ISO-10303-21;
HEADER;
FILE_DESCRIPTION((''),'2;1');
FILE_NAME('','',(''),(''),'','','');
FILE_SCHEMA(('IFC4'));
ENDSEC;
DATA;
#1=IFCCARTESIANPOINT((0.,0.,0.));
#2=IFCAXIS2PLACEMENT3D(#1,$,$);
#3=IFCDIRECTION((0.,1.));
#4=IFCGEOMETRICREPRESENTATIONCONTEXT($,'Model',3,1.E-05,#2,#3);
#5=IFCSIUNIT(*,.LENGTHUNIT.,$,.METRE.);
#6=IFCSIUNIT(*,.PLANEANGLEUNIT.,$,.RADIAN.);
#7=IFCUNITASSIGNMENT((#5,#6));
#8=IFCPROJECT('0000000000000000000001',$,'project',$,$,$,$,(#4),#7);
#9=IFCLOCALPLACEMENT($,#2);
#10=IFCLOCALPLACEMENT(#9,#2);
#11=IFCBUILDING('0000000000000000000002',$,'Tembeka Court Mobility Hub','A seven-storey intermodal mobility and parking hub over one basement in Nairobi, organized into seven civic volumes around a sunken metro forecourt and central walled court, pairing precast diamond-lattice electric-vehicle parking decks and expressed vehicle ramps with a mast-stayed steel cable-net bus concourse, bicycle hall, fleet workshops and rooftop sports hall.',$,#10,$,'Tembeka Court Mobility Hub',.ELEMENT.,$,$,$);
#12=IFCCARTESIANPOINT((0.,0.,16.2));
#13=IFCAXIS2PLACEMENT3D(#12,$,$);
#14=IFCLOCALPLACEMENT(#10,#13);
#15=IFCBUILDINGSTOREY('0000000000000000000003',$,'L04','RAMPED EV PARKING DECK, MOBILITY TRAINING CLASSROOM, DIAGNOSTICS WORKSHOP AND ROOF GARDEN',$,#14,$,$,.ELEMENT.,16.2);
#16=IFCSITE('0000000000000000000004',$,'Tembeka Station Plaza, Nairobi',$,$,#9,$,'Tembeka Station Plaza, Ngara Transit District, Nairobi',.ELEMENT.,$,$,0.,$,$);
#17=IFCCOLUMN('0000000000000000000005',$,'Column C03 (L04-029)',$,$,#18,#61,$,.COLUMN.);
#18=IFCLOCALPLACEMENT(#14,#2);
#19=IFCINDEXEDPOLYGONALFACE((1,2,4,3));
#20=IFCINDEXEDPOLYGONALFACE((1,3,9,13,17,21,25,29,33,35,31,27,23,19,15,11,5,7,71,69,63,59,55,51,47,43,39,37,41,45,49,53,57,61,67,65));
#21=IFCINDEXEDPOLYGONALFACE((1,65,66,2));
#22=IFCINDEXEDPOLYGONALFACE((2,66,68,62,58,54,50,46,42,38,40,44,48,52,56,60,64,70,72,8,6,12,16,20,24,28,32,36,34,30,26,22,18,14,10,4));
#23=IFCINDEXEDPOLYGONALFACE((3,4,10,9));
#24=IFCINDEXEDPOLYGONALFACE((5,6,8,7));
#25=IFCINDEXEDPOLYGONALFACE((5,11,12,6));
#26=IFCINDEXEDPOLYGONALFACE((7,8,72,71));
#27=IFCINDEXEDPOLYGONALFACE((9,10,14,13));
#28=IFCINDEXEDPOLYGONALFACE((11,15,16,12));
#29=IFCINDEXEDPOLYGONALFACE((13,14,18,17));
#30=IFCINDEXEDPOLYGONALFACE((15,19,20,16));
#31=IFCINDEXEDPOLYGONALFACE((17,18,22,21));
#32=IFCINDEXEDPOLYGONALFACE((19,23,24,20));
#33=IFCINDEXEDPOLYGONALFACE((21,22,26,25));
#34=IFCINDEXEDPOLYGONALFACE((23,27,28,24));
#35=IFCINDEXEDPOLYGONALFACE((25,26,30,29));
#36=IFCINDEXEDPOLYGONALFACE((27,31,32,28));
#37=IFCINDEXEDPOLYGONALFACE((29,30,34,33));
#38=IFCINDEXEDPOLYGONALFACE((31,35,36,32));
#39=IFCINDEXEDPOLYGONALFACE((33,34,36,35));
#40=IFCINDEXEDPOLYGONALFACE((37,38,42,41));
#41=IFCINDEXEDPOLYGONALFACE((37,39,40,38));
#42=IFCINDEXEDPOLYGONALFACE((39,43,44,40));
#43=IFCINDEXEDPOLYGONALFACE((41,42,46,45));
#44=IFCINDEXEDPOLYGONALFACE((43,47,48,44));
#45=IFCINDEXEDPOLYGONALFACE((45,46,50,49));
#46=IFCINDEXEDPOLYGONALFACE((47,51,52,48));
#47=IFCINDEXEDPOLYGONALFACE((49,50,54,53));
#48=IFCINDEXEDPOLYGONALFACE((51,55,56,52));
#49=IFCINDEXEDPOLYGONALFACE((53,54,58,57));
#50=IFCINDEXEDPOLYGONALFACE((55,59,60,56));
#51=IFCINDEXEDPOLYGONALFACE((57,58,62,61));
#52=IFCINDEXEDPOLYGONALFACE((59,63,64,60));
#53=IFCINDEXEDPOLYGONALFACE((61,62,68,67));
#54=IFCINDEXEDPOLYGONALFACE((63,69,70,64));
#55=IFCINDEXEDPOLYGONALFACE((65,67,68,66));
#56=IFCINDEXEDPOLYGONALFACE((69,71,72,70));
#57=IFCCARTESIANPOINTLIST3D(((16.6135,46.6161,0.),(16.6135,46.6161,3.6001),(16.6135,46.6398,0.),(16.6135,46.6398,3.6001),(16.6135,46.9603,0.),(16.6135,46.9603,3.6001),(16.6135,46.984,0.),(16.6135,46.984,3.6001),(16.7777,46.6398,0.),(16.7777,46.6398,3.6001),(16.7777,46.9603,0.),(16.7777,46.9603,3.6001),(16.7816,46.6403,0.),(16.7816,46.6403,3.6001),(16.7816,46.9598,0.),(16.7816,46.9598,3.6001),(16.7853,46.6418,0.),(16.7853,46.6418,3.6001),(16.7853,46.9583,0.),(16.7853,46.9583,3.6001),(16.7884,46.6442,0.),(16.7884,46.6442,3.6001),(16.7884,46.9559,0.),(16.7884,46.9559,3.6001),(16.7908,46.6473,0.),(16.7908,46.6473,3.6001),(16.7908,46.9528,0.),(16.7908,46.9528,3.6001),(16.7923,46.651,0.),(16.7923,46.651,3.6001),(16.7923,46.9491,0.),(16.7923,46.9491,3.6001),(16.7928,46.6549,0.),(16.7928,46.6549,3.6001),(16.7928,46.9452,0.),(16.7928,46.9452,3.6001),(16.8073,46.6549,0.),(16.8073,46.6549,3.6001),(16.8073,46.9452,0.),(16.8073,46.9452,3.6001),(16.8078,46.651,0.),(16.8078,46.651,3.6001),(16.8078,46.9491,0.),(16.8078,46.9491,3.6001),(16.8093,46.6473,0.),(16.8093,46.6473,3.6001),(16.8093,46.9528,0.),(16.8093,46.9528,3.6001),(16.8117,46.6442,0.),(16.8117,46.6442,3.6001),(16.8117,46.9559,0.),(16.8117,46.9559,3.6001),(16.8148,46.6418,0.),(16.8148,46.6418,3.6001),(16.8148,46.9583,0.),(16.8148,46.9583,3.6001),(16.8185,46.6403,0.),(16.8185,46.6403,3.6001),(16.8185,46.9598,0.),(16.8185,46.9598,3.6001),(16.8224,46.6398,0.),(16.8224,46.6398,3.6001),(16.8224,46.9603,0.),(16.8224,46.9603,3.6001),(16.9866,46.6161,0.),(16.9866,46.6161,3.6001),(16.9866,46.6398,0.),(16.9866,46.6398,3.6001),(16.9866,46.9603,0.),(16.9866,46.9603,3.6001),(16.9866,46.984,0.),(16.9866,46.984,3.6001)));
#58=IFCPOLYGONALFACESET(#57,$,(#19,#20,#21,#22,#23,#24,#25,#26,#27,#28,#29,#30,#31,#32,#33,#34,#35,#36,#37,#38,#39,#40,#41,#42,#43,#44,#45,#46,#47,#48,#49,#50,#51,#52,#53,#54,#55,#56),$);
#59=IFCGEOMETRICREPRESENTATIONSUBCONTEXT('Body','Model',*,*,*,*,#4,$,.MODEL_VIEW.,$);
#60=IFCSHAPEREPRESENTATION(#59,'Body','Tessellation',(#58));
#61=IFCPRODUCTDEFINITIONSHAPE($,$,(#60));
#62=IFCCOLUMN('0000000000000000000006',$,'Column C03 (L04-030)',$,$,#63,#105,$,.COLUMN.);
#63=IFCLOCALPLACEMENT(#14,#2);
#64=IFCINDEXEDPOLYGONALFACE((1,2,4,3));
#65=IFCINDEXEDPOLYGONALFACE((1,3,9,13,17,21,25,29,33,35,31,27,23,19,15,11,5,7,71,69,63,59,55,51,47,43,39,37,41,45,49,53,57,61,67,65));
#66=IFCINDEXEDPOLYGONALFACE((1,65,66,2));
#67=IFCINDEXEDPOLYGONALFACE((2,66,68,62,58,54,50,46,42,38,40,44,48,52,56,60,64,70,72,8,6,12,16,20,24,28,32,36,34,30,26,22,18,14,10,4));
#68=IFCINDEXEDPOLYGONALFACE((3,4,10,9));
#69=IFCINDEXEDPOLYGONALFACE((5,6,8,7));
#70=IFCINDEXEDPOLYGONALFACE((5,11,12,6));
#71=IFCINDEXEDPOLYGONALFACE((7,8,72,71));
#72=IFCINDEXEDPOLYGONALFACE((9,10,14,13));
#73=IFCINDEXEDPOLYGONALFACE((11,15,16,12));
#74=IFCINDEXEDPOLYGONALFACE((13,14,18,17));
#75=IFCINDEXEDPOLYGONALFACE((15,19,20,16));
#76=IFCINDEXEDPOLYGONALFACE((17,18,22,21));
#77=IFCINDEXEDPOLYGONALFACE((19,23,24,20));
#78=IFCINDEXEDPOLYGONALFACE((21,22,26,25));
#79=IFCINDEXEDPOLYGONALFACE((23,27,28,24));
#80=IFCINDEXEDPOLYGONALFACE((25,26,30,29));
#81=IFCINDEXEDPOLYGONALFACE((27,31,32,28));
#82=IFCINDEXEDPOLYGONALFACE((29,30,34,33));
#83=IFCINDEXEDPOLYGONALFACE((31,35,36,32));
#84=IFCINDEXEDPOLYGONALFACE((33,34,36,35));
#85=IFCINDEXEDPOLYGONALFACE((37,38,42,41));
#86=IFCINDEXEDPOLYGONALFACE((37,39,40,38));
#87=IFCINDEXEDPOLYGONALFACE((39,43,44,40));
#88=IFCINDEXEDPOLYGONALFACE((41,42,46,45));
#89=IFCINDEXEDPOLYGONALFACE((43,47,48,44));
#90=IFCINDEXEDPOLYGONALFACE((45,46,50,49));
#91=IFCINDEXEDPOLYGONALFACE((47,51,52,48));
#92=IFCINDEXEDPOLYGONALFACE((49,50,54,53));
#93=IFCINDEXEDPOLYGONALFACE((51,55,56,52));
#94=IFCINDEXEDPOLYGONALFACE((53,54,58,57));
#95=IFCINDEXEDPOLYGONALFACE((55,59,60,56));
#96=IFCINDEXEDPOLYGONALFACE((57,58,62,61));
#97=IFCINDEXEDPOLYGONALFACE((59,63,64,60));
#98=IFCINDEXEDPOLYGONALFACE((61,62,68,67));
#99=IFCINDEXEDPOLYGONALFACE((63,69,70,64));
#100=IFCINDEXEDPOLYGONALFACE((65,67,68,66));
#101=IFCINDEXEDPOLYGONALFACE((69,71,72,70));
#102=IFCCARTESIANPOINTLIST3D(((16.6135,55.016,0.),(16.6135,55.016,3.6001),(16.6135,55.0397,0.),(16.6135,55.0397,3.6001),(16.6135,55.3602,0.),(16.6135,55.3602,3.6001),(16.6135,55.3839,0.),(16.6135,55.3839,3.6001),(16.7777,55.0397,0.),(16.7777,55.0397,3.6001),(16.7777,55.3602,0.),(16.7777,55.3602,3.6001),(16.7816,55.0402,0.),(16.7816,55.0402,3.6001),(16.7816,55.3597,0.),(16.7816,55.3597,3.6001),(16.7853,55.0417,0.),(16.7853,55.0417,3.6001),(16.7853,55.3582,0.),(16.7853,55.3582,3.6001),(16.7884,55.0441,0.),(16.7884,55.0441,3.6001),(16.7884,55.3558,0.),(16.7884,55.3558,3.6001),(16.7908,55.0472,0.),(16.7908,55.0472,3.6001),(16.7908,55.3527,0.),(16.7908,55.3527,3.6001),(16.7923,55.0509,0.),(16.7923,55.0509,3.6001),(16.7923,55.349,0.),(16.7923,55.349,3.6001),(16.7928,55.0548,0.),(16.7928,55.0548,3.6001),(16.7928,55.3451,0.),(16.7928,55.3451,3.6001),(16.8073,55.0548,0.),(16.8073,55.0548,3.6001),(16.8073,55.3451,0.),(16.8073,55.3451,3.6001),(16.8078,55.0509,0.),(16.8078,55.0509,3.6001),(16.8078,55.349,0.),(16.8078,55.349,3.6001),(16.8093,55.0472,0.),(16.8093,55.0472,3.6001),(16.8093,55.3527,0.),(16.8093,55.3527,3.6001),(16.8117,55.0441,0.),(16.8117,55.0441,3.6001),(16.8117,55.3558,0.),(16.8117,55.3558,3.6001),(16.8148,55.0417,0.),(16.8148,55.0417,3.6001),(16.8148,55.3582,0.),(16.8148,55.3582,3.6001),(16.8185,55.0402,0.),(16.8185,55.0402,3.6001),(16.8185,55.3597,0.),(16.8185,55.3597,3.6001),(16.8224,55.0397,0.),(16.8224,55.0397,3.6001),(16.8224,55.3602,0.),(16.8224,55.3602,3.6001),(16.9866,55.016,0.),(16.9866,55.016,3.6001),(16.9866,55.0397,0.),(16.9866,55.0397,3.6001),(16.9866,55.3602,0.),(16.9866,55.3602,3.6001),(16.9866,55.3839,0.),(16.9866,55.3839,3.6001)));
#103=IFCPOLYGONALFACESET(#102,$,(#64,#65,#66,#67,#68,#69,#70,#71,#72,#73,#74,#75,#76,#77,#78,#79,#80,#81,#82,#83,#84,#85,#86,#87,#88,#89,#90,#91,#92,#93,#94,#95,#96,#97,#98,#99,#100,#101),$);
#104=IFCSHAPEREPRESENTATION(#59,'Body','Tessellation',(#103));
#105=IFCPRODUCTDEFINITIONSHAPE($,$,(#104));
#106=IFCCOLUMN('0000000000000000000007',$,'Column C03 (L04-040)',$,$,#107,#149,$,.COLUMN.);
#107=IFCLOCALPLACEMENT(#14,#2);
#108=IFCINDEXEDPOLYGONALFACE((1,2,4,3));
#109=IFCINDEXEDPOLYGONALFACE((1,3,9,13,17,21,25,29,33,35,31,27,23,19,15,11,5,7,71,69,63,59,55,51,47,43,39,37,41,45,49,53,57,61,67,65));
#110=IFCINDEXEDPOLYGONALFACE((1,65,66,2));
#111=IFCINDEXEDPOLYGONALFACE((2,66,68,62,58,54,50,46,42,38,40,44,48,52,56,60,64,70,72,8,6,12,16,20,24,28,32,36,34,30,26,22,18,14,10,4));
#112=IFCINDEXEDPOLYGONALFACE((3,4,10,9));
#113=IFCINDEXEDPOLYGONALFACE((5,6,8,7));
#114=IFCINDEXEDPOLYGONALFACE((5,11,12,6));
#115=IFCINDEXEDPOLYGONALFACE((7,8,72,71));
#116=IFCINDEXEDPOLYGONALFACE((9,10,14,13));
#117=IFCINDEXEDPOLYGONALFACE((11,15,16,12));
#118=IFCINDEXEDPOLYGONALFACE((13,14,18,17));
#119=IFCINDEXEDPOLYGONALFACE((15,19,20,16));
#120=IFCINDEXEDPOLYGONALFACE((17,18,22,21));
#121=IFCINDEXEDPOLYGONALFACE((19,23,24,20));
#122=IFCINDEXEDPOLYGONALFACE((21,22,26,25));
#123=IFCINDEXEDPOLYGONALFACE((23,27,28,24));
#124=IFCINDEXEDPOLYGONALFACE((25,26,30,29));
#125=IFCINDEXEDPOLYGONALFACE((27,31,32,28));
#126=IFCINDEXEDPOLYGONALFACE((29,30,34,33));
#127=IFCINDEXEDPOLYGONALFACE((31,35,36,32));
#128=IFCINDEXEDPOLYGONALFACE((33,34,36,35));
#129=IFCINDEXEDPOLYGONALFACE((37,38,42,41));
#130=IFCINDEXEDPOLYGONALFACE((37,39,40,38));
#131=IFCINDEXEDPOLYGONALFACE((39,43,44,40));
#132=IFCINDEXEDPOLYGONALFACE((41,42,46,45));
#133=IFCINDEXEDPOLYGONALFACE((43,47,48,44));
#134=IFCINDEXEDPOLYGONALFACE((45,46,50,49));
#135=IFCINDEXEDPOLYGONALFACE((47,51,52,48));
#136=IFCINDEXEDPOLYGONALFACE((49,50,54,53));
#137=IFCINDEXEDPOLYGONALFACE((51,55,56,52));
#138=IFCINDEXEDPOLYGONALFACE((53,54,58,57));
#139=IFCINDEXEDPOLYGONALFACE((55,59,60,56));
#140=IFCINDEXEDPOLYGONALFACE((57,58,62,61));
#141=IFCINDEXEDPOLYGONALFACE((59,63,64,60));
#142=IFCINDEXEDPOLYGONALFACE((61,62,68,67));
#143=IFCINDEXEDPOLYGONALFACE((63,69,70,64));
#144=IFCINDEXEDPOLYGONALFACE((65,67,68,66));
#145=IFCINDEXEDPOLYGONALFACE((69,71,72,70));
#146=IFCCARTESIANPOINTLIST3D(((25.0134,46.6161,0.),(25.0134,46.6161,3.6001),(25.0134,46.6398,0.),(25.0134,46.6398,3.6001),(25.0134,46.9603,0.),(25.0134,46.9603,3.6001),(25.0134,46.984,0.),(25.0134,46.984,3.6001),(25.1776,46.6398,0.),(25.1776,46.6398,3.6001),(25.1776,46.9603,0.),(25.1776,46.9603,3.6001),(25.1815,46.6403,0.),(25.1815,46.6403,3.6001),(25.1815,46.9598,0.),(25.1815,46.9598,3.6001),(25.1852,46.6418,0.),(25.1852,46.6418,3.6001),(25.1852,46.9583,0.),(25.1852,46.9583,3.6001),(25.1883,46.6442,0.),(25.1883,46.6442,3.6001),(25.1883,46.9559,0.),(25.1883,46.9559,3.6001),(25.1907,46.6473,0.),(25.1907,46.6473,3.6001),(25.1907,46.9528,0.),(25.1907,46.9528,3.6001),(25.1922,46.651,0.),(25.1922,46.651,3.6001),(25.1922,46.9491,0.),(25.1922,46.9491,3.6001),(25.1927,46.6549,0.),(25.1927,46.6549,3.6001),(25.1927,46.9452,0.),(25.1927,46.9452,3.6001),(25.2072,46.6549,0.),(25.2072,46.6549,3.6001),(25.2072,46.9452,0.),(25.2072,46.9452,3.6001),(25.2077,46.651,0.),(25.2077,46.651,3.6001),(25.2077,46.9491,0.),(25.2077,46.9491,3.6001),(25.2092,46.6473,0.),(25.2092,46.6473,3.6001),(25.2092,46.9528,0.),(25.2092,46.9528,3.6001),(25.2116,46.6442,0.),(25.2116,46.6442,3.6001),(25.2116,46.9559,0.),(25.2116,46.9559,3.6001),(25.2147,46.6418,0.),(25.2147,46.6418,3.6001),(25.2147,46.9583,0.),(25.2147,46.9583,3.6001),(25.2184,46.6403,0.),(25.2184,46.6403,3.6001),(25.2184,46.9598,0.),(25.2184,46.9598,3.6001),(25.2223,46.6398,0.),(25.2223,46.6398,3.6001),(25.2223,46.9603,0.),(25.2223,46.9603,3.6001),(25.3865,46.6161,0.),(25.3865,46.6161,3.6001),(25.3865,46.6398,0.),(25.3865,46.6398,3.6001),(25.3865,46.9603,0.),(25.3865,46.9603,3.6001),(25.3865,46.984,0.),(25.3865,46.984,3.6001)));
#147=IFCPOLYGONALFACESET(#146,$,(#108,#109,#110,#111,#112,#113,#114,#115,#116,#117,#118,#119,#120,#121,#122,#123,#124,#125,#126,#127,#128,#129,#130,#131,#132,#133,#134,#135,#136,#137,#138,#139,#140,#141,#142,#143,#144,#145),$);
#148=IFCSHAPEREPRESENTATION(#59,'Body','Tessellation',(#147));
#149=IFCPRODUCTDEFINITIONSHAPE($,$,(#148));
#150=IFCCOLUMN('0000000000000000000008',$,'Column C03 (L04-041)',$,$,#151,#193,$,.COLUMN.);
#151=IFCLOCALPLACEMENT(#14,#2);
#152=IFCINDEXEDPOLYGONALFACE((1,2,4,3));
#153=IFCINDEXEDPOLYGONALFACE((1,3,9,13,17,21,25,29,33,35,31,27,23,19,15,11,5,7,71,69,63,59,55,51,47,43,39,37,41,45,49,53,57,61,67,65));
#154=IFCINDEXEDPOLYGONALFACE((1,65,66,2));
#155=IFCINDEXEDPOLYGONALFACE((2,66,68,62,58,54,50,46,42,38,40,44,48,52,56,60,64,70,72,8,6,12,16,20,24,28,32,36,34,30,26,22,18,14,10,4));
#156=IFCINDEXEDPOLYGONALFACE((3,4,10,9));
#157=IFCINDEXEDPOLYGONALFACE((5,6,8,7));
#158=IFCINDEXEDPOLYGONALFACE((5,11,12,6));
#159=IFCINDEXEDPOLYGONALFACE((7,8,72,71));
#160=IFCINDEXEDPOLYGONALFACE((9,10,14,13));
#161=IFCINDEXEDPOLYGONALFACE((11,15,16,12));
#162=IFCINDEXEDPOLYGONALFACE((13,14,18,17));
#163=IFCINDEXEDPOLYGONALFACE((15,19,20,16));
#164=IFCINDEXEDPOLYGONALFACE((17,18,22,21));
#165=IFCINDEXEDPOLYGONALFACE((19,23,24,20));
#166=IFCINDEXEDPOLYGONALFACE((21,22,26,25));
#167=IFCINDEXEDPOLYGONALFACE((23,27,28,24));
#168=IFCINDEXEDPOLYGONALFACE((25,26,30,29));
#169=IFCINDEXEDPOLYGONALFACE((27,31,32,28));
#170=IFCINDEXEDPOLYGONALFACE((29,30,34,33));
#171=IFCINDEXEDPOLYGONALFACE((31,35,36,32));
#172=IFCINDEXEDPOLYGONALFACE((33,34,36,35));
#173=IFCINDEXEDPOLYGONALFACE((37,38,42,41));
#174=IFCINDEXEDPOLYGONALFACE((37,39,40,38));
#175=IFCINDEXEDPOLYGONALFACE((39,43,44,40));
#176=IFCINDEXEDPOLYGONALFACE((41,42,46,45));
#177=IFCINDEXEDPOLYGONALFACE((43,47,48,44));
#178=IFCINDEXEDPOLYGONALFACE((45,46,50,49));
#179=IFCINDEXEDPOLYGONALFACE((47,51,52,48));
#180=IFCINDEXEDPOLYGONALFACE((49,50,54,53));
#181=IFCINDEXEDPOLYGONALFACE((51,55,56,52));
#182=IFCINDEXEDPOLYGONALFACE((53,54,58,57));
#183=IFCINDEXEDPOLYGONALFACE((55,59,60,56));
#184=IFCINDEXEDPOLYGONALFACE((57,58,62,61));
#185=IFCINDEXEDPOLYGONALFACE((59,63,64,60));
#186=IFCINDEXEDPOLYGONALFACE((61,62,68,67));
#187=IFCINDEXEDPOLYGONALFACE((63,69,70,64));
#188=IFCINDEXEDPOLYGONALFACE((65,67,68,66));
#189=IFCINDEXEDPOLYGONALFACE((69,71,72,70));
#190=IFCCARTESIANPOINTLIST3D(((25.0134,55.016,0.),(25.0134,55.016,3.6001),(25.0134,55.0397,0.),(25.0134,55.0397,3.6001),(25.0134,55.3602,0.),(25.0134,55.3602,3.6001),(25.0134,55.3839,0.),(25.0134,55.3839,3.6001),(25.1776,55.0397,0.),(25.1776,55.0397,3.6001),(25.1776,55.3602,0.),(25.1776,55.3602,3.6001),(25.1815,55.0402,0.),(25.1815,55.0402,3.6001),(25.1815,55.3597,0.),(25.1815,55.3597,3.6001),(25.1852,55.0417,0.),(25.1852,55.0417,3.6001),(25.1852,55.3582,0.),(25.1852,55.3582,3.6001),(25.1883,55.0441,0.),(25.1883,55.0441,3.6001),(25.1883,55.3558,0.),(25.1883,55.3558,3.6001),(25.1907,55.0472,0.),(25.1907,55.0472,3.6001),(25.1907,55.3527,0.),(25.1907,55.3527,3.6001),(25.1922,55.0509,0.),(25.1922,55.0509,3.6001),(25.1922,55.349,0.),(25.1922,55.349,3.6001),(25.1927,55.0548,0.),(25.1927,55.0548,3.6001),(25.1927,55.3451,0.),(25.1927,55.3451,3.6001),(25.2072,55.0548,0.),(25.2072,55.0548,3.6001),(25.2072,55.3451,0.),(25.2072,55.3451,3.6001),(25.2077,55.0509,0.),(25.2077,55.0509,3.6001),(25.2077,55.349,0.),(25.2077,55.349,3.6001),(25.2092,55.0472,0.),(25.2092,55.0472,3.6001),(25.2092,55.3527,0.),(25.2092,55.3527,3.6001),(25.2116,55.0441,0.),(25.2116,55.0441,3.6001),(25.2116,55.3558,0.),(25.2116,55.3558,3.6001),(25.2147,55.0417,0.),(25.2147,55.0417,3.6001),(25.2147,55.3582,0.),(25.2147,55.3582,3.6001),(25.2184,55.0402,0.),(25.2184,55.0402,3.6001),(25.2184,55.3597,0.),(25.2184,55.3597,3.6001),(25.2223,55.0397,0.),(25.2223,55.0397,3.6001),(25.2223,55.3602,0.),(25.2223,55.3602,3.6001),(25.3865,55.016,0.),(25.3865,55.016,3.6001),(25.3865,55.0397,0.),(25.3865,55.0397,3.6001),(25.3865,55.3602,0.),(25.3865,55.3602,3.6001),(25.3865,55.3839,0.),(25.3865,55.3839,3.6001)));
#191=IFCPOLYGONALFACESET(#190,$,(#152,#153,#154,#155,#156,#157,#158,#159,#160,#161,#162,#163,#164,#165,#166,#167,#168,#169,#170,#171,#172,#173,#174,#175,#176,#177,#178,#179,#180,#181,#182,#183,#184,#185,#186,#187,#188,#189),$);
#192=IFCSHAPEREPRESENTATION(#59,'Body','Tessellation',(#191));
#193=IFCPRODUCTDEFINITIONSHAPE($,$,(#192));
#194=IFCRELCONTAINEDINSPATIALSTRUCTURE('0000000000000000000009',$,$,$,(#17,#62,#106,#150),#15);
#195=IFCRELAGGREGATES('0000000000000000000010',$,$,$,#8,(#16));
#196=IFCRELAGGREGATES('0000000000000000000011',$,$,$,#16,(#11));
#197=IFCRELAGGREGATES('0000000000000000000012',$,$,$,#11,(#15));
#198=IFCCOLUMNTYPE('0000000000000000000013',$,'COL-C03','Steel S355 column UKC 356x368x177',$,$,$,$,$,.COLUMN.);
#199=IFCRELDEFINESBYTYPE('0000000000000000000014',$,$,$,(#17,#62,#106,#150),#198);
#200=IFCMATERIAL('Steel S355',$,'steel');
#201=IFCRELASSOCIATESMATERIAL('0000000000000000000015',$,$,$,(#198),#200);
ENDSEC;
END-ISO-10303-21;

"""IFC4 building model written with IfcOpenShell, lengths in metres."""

from ifc_helpers import new_model, si_unit, direction, frame, origin, origin_2d, place, context, subcontext, project, spatial, i_section, extrude, material, material_profile, profile_set, type_object, element, save


model = new_model("IFC4")

# Units and contexts
model_context = context("Model", 3, precision=1e-05, world=origin(), true_north=direction((0.0, 1.0)))
body_context = subcontext(model_context, "Body", "Model", "MODEL_VIEW")
ifc_project = project(units=[si_unit("LENGTHUNIT", "METRE"), si_unit("PLANEANGLEUNIT", "RADIAN")], contexts=[model_context])

# Site, building, storey
site_placement = place(None, origin())
site = spatial("IfcSite", under=ifc_project, at=site_placement, Name="Tembeka Station Plaza, Nairobi", LongName="Tembeka Station Plaza, Ngara Transit District, Nairobi", CompositionType="ELEMENT", RefElevation=0.0)
building_placement = place(site_placement, origin())
building = spatial("IfcBuilding", under=site, at=building_placement, Name="Tembeka Court Mobility Hub", Description="A seven-storey intermodal mobility and parking hub over one basement in Nairobi, organized into seven civic volumes around a sunken metro forecourt and central walled court, pairing precast diamond-lattice electric-vehicle parking decks and expressed vehicle ramps with a mast-stayed steel cable-net bus concourse, bicycle hall, fleet workshops and rooftop sports hall.", LongName="Tembeka Court Mobility Hub", CompositionType="ELEMENT")
storey_placement = place(building_placement, frame((0.0, 0.0, 16.2)))
storey = spatial("IfcBuildingStorey", under=building, at=storey_placement, Name="L04", Description="RAMPED EV PARKING DECK, MOBILITY TRAINING CLASSROOM, DIAGNOSTICS WORKSHOP AND ROOF GARDEN", CompositionType="ELEMENT", Elevation=16.2)

# Columns
ifc_material_1 = material(Name="Steel S355", Category="steel")
ifc_material_profile_1 = material_profile(ifc_material_1, i_section(OverallWidth=0.373, OverallDepth=0.3679, WebThickness=0.0144, FlangeThickness=0.0237, FilletRadius=0.0151, at=origin_2d()), Name="UKC 356x368x177")
ifc_profile_set_1 = profile_set([ifc_material_profile_1], Name="Steel S355")
column_type = type_object("IfcColumnType", Name="COL-C03", Description="Steel S355 column UKC 356x368x177", PredefinedType="COLUMN", material=ifc_profile_set_1)
for number, where, z_axis, x_axis, name in (
    (1, (16.8, 46.8, 0.0), (0.0, 0.0, 1.0), (1.0, 0.0, 0.0), "Column C03 (L04-029)"),
    (2, (16.8, 55.2, 0.0), (0.0, 0.0, 1.0), (1.0, 0.0, 0.0), "Column C03 (L04-030)"),
    (3, (25.2, 46.8, 0.0), (0.0, 0.0, 1.0), (1.0, 0.0, 0.0), "Column C03 (L04-040)"),
    (4, (25.2, 55.2, 0.0), (0.0, 0.0, 1.0), (1.0, 0.0, 0.0), "Column C03 (L04-041)"),
):
    element("IfcColumn", number, at=place(storey_placement, frame(where, z_axis=z_axis, x_axis=x_axis)), inside=storey, type_object=column_type, Name=name, PredefinedType="COLUMN", context=body_context, shape_type="SweptSolid", body=[
        extrude(i_section(OverallWidth=0.373, OverallDepth=0.3679, WebThickness=0.0144, FlangeThickness=0.0237, FilletRadius=0.0151, at=origin_2d()), origin(), (0.0, 0.0, 1.0), 3.6001),
    ])

save(model, "model.ifc")
